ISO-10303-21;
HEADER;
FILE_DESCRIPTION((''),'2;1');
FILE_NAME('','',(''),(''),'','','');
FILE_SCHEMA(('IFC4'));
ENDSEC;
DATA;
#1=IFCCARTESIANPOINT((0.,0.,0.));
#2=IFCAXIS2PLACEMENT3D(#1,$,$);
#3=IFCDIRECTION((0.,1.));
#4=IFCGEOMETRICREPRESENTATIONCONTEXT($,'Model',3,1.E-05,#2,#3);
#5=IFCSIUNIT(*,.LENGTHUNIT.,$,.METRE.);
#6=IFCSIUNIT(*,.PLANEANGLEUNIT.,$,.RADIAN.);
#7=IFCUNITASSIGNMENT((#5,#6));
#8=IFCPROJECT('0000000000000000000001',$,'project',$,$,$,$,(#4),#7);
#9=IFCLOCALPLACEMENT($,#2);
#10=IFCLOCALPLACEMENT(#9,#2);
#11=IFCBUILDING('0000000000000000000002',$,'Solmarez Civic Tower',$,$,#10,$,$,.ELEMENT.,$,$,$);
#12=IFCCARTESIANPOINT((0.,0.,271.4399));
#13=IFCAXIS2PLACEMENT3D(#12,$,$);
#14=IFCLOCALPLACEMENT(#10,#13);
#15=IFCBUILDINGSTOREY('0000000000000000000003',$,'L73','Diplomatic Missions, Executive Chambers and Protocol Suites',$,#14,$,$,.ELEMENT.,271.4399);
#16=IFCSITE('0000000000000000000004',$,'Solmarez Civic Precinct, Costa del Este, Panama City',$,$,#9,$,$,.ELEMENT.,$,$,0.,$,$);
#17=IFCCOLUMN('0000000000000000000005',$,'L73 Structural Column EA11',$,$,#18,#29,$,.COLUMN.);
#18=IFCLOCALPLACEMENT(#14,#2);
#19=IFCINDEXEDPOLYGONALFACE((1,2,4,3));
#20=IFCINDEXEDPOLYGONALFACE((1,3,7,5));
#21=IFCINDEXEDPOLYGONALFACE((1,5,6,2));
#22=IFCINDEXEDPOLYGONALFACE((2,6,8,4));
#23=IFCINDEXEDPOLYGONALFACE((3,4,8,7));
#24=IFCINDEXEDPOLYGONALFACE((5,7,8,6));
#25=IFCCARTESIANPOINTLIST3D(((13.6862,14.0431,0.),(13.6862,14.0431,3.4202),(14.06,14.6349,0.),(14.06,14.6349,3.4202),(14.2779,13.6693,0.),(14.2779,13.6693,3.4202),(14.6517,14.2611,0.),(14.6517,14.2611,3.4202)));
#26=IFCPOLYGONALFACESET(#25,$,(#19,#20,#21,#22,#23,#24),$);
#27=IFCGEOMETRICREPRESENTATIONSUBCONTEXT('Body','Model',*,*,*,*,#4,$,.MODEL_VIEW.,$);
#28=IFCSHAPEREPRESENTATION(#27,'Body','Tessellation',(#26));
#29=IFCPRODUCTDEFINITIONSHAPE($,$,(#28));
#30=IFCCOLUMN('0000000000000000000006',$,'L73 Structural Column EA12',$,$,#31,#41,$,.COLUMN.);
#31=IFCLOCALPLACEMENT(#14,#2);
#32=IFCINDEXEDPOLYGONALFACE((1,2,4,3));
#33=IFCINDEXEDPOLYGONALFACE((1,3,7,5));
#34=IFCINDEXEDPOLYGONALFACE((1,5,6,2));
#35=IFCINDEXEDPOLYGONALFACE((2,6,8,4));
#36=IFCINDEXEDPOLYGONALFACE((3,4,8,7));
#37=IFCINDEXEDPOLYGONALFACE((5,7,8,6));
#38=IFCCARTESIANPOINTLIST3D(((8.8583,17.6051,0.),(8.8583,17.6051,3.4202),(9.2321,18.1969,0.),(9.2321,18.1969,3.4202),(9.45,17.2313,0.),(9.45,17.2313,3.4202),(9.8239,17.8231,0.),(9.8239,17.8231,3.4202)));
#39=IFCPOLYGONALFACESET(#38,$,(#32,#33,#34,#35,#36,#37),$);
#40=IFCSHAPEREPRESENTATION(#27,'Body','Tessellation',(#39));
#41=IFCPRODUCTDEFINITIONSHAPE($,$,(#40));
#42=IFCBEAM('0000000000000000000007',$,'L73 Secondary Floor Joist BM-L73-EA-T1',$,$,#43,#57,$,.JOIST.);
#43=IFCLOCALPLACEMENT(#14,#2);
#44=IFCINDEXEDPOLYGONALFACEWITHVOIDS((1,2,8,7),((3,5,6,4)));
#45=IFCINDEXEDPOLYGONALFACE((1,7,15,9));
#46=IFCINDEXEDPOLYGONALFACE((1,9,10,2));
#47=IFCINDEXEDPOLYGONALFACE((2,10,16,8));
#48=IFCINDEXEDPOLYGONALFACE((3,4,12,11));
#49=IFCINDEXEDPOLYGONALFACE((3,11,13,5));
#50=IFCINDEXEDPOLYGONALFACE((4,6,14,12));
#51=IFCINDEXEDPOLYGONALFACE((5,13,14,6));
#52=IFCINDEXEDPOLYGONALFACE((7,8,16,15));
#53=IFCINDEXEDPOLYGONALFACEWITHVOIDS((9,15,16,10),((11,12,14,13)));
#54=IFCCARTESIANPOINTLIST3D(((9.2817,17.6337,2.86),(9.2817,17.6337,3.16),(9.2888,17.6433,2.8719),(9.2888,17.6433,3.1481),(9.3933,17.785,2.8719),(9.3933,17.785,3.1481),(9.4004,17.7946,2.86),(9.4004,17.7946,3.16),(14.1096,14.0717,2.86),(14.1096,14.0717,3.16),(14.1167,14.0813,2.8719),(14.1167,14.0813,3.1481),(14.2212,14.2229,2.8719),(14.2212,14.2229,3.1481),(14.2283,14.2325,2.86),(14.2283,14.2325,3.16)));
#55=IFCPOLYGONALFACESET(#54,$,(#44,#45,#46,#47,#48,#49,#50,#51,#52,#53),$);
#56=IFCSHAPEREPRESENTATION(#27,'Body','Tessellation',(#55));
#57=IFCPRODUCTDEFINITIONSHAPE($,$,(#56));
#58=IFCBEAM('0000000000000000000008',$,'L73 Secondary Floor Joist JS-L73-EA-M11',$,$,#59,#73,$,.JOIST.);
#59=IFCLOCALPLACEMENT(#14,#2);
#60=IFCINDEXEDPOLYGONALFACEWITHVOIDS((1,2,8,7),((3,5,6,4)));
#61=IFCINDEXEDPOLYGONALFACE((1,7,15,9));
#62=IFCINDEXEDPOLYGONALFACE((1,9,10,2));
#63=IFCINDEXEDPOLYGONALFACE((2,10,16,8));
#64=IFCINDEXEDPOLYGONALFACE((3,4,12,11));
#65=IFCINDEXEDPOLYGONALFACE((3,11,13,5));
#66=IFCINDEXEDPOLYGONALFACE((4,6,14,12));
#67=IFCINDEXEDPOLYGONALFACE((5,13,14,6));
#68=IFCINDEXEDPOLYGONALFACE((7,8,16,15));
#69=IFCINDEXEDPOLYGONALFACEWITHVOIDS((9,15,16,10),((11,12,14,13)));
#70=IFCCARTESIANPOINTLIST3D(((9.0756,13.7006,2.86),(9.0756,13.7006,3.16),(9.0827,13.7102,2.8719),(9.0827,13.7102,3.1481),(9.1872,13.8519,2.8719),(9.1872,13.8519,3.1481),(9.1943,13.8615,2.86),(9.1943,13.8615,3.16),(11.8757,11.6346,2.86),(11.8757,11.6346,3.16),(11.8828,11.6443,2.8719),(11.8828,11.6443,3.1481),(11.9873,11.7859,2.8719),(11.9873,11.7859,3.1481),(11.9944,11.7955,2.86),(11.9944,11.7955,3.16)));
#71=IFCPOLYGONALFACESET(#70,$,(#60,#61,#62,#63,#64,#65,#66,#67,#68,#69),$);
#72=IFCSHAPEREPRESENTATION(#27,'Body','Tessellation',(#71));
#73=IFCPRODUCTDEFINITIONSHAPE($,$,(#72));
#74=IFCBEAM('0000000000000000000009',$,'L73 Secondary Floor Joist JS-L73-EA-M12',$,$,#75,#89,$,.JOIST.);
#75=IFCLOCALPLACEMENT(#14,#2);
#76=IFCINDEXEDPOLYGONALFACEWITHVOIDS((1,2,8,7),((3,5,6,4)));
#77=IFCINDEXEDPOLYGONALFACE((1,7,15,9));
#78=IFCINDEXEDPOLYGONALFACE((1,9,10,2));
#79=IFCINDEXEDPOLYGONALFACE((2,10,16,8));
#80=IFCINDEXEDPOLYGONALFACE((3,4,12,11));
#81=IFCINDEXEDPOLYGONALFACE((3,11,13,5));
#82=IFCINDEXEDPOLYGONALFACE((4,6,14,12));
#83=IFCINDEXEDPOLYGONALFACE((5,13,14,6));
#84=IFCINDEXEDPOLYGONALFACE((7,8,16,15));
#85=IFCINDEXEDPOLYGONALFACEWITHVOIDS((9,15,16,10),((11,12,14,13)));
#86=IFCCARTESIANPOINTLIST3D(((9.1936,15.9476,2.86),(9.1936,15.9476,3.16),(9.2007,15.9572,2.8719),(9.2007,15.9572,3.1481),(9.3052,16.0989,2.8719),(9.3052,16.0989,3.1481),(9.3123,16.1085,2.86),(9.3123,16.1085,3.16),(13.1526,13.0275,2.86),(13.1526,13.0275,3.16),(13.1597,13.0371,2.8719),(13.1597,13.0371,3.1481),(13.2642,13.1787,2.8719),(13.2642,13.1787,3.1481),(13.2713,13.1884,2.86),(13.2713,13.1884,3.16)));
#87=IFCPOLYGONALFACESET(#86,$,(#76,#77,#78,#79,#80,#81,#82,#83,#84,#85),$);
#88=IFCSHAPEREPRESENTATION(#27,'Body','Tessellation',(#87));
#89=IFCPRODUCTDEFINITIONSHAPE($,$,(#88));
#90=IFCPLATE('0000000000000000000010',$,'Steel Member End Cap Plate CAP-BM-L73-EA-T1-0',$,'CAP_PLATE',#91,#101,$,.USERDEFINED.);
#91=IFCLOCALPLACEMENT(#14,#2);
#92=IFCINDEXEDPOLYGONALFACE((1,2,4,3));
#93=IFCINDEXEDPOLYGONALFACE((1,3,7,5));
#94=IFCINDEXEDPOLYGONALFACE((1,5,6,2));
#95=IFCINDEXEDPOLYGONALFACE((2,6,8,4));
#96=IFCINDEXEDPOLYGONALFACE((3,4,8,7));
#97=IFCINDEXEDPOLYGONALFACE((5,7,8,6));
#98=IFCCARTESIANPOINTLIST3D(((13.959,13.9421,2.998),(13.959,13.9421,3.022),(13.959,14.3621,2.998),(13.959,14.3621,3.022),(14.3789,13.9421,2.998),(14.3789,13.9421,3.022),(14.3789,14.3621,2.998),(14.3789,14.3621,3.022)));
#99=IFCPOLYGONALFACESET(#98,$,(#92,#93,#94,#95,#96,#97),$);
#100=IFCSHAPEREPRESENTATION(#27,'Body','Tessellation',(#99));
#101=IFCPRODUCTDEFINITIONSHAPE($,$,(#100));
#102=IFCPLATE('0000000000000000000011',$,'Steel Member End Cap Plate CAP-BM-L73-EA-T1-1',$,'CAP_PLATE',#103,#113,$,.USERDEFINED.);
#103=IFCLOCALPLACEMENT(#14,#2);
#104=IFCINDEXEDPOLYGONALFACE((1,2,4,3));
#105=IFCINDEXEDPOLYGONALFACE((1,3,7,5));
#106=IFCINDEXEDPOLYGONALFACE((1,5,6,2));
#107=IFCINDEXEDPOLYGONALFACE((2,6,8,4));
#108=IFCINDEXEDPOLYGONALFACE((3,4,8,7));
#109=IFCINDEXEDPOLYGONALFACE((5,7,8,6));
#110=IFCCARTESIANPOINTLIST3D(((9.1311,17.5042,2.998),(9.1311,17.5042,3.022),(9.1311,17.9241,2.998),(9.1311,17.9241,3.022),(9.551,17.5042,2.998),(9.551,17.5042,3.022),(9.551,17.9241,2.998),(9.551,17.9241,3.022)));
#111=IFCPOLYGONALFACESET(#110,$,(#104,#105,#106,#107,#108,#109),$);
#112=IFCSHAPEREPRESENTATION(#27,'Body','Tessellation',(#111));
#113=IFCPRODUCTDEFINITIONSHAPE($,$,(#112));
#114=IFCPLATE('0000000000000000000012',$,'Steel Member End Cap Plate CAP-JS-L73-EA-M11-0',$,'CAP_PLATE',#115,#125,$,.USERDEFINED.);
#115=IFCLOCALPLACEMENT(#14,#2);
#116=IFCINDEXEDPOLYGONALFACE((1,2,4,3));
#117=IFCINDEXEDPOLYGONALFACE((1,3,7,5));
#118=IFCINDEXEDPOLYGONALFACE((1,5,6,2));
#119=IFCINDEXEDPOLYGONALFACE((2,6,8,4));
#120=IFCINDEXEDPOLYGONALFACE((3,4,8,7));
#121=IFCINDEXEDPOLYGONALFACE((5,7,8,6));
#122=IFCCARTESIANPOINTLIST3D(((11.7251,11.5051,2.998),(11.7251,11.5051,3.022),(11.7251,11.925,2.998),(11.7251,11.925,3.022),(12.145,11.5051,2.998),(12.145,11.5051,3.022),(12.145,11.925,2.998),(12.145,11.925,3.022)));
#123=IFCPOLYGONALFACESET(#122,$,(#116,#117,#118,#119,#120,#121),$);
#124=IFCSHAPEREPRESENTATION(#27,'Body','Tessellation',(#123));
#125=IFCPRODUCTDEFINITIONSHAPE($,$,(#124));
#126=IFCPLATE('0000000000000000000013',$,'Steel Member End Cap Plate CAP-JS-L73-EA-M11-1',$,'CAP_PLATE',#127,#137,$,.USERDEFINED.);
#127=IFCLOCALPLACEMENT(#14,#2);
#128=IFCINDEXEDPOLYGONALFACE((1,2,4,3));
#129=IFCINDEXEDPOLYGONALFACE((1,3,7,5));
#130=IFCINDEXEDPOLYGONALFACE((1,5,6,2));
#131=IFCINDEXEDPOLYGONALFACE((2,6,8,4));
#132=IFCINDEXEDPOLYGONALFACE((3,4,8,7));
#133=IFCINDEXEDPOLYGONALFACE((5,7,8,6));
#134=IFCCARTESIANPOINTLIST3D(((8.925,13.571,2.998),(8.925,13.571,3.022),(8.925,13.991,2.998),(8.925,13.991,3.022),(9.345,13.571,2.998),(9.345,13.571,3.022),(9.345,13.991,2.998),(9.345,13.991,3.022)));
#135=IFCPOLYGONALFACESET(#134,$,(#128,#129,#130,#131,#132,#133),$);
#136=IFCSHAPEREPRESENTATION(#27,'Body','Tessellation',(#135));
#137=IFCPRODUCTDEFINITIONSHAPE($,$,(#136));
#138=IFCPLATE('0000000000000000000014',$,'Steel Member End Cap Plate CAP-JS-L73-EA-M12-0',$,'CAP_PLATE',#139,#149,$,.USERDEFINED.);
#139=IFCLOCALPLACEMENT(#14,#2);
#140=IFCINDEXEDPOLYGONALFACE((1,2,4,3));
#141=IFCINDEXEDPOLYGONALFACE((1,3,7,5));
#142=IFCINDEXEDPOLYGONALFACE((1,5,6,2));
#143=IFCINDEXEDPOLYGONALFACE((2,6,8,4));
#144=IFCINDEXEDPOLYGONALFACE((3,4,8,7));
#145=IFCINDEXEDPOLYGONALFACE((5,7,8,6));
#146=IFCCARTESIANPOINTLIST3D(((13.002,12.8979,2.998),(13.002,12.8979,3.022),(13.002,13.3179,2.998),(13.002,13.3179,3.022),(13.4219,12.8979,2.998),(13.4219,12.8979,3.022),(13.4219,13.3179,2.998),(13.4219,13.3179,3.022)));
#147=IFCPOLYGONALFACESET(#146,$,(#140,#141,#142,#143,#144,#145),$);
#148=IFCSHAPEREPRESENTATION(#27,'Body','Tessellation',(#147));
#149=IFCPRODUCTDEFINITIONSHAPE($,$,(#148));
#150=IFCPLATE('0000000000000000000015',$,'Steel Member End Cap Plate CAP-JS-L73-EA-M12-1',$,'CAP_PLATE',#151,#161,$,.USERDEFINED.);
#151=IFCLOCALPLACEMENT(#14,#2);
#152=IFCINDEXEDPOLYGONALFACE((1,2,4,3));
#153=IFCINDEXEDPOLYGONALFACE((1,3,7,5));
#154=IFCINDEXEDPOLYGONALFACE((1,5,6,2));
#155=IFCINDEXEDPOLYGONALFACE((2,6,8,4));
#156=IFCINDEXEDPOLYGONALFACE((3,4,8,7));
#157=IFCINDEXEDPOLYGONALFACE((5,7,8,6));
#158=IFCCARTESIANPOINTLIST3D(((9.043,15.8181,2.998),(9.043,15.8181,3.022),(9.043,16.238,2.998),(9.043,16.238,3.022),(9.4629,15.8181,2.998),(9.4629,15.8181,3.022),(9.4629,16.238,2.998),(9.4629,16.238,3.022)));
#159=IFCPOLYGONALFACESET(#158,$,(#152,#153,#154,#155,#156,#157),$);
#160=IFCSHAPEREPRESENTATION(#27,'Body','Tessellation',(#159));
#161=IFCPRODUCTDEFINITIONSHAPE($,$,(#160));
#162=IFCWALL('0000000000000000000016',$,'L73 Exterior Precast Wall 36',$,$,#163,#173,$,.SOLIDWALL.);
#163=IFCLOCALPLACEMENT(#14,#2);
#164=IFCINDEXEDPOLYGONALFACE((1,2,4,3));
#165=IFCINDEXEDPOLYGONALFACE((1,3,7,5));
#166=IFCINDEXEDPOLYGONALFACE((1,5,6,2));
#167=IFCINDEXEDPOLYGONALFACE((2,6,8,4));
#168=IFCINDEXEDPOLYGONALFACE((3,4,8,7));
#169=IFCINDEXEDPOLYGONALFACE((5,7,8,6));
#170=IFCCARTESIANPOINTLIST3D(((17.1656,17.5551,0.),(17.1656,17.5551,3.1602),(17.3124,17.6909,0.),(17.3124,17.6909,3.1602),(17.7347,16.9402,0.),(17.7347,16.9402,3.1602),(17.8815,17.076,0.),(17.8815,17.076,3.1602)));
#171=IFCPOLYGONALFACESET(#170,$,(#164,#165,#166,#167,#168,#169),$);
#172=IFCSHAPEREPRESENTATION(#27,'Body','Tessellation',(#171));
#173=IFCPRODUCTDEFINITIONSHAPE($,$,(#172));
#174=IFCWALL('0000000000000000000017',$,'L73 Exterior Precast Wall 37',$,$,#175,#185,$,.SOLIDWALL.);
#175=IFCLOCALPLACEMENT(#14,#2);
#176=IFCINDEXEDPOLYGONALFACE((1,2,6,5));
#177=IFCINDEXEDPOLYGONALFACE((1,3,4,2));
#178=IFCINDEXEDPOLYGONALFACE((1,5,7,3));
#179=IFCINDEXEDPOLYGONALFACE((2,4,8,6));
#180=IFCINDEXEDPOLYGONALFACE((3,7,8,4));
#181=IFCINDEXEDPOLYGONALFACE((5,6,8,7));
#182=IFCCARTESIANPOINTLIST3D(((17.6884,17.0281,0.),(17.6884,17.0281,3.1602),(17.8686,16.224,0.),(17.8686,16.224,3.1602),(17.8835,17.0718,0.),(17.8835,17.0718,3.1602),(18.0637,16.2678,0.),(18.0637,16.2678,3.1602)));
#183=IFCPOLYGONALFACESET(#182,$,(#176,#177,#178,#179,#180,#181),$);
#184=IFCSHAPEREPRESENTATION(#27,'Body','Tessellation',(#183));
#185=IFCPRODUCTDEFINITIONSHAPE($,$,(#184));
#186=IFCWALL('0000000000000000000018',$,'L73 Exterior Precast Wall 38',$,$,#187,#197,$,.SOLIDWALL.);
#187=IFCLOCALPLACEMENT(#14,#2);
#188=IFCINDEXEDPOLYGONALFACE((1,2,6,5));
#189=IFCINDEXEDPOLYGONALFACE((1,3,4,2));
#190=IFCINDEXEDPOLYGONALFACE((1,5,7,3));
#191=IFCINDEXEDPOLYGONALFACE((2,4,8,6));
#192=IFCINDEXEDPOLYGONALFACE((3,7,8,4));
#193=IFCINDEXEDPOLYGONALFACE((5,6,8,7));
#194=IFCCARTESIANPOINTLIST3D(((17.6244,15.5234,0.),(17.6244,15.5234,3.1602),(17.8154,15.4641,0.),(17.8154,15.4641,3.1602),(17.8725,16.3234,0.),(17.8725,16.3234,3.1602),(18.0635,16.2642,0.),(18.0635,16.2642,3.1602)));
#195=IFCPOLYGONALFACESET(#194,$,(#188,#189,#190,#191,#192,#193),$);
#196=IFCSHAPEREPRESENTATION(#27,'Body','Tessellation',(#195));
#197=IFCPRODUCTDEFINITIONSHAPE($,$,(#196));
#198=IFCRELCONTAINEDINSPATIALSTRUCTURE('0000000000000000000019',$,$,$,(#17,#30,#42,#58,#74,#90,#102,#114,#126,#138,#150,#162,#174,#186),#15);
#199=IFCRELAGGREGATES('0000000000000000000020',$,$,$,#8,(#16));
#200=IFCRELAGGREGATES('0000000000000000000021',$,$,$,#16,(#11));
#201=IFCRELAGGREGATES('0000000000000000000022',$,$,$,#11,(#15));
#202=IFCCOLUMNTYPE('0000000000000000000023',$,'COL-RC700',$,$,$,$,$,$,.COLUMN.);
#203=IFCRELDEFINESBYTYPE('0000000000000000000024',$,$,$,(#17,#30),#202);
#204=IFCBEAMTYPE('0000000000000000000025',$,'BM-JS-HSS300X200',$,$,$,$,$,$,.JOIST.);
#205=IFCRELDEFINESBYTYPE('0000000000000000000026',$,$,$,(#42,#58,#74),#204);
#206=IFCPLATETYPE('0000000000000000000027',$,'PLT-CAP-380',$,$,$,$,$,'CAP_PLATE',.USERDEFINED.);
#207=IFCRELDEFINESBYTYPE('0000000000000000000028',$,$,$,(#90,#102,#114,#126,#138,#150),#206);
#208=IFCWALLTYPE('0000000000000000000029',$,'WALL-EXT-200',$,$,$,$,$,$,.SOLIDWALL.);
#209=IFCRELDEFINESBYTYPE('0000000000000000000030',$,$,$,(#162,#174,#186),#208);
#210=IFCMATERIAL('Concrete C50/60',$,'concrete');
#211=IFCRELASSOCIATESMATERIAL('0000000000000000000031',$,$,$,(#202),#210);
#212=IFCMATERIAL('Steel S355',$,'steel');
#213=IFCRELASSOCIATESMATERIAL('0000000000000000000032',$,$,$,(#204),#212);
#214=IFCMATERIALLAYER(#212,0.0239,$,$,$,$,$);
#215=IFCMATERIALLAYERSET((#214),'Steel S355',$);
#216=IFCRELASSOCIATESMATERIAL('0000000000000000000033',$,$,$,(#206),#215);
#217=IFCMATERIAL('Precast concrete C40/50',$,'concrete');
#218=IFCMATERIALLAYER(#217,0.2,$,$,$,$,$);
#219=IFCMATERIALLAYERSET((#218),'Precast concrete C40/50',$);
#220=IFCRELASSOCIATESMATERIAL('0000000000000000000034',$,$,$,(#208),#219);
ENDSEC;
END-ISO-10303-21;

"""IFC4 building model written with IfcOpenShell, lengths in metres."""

from ifc_helpers import new_model, si_unit, direction, frame, frame_2d, origin, origin_2d, place, context, subcontext, project, spatial, rectangle, hollow_rectangle, extrude, material, layer, layer_set, material_profile, profile_set, type_object, element, save


model = new_model("IFC4")

# Units and contexts
model_context = context("Model", 3, precision=1e-05, world=origin(), true_north=direction((0.0, 1.0)))
body_context = subcontext(model_context, "Body", "Model", "MODEL_VIEW")
ifc_project = project(units=[si_unit("LENGTHUNIT", "METRE"), si_unit("PLANEANGLEUNIT", "RADIAN")], contexts=[model_context])

# Site, building, storey
site_placement = place(None, origin())
site = spatial("IfcSite", under=ifc_project, at=site_placement, Name="Solmarez Civic Precinct, Costa del Este, Panama City", CompositionType="ELEMENT", RefElevation=0.0)
building_placement = place(site_placement, origin())
building = spatial("IfcBuilding", under=site, at=building_placement, Name="Solmarez Civic Tower", CompositionType="ELEMENT")
storey_placement = place(building_placement, frame((0.0, 0.0, 271.4399)))
storey = spatial("IfcBuildingStorey", under=building, at=storey_placement, Name="L73", Description="Diplomatic Missions, Executive Chambers and Protocol Suites", CompositionType="ELEMENT", Elevation=271.4399)

# Columns
ifc_material_1 = material(Name="Concrete C50/60", Category="concrete")
ifc_material_profile_1 = material_profile(ifc_material_1, rectangle(XDim=0.7, YDim=0.7, at=origin_2d()), Name="RC700X700")
ifc_profile_set_1 = profile_set([ifc_material_profile_1], Name="Concrete C50/60")
column_type = type_object("IfcColumnType", Name="COL-RC700", PredefinedType="COLUMN", material=ifc_profile_set_1)
for number, where, z_axis, x_axis, name in (
    (1, (14.1689, 14.1521, 0.0), (0.0, 0.0, 1.0), (0.534057, 0.845448, 0.0), "L73 Structural Column EA11"),
    (2, (9.3411, 17.7141, 0.0), (0.0, 0.0, 1.0), (0.534057, 0.845448, 0.0), "L73 Structural Column EA12"),
):
    element("IfcColumn", number, at=place(storey_placement, frame(where, z_axis=z_axis, x_axis=x_axis)), inside=storey, type_object=column_type, Name=name, PredefinedType="COLUMN", context=body_context, shape_type="SweptSolid", body=[
        extrude(rectangle(XDim=0.7, YDim=0.7, at=origin_2d()), origin(), (0.0, 0.0, 1.0), 3.4202),
    ])

# Beams
ifc_material_2 = material(Name="Steel S355", Category="steel")
ifc_material_profile_2 = material_profile(ifc_material_2, hollow_rectangle(XDim=0.2, YDim=0.3, WallThickness=0.012, at=origin_2d()), Name="HSS300X200X12")
ifc_profile_set_2 = profile_set([ifc_material_profile_2], Name="Steel S355")
beam_type = type_object("IfcBeamType", Name="BM-JS-HSS300X200", PredefinedType="JOIST", material=ifc_profile_set_2)
beam_1_placement = place(storey_placement, frame((14.1689, 14.1521, 3.01), z_axis=(-0.804687, 0.593699, 0.0), x_axis=(-0.593699, -0.804687, 0.0)))
element("IfcBeam", 3, at=beam_1_placement, inside=storey, type_object=beam_type, Name="L73 Secondary Floor Joist BM-L73-EA-T1", PredefinedType="JOIST", context=body_context, shape_type="SweptSolid", body=[
    extrude(hollow_rectangle(XDim=0.2, YDim=0.3, WallThickness=0.012, at=origin_2d()), origin(), (0.0, 0.0, 1.0), 5.9998),
])
beam_2_placement = place(storey_placement, frame((11.9351, 11.7151, 3.01), z_axis=(-0.804682, 0.593706, 0.0), x_axis=(-0.593706, -0.804682, 0.0)))
element("IfcBeam", 4, at=beam_2_placement, inside=storey, type_object=beam_type, Name="L73 Secondary Floor Joist JS-L73-EA-M11", PredefinedType="JOIST", context=body_context, shape_type="SweptSolid", body=[
    extrude(hollow_rectangle(XDim=0.2, YDim=0.3, WallThickness=0.012, at=origin_2d()), origin(), (0.0, 0.0, 1.0), 3.4797),
])
beam_3_placement = place(storey_placement, frame((13.2119, 13.1079, 3.01), z_axis=(-0.804763, 0.593597, 0.0), x_axis=(-0.593597, -0.804763, 0.0)))
element("IfcBeam", 5, at=beam_3_placement, inside=storey, type_object=beam_type, Name="L73 Secondary Floor Joist JS-L73-EA-M12", PredefinedType="JOIST", context=body_context, shape_type="SweptSolid", body=[
    extrude(hollow_rectangle(XDim=0.2, YDim=0.3, WallThickness=0.012, at=origin_2d()), origin(), (0.0, 0.0, 1.0), 4.9194),
])

# Plates
ifc_layer_1 = layer(ifc_material_2, 0.0239)
ifc_layer_set_1 = layer_set([ifc_layer_1], Name="Steel S355")
plate_type = type_object("IfcPlateType", Name="PLT-CAP-380", ElementType="CAP_PLATE", PredefinedType="USERDEFINED", material=ifc_layer_set_1)
for number, where, z_axis, x_axis, name in (
    (6, (14.1689, 14.1521, 2.998), (0.0, 0.0, 1.0), (1.0, 0.0, 0.0), "Steel Member End Cap Plate CAP-BM-L73-EA-T1-0"),
    (7, (9.3411, 17.7141, 2.998), (0.0, 0.0, 1.0), (1.0, 0.0, 0.0), "Steel Member End Cap Plate CAP-BM-L73-EA-T1-1"),
    (8, (11.9351, 11.7151, 2.998), (0.0, 0.0, 1.0), (1.0, 0.0, 0.0), "Steel Member End Cap Plate CAP-JS-L73-EA-M11-0"),
    (9, (9.135, 13.781, 2.998), (0.0, 0.0, 1.0), (1.0, 0.0, 0.0), "Steel Member End Cap Plate CAP-JS-L73-EA-M11-1"),
    (10, (13.2119, 13.1079, 2.998), (0.0, 0.0, 1.0), (1.0, 0.0, 0.0), "Steel Member End Cap Plate CAP-JS-L73-EA-M12-0"),
    (11, (9.2529, 16.0281, 2.998), (0.0, 0.0, 1.0), (1.0, 0.0, 0.0), "Steel Member End Cap Plate CAP-JS-L73-EA-M12-1"),
):
    element("IfcPlate", number, at=place(storey_placement, frame(where, z_axis=z_axis, x_axis=x_axis)), inside=storey, type_object=plate_type, Name=name, ObjectType="CAP_PLATE", PredefinedType="USERDEFINED", context=body_context, shape_type="SweptSolid", body=[
        extrude(rectangle(XDim=0.4199, YDim=0.4199, at=origin_2d()), origin(), (0.0, 0.0, 1.0), 0.0239),
    ])

# Walls
ifc_material_3 = material(Name="Precast concrete C40/50", Category="concrete")
ifc_layer_2 = layer(ifc_material_3, 0.2)
ifc_layer_set_2 = layer_set([ifc_layer_2], Name="Precast concrete C40/50")
wall_type = type_object("IfcWallType", Name="WALL-EXT-200", PredefinedType="SOLIDWALL", material=ifc_layer_set_2)
wall_1_placement = place(storey_placement, frame((17.239, 17.623, 0.0), z_axis=(0.0, 0.0, 1.0), x_axis=(0.679187, -0.733965, 0.0)))
element("IfcWall", 12, at=wall_1_placement, inside=storey, type_object=wall_type, Name="L73 Exterior Precast Wall 36", PredefinedType="SOLIDWALL", context=body_context, shape_type="SweptSolid", body=[
    extrude(rectangle(XDim=0.8379, YDim=0.2, at=frame_2d((0.4189, 0.0))), origin(), (0.0, 0.0, 1.0), 3.1602),
])
wall_2_placement = place(storey_placement, frame((17.7859, 17.05, 0.0), z_axis=(0.0, 0.0, 1.0), x_axis=(0.218687, -0.975795, 0.0)))
element("IfcWall", 13, at=wall_2_placement, inside=storey, type_object=wall_type, Name="L73 Exterior Precast Wall 37", PredefinedType="SOLIDWALL", context=body_context, shape_type="SweptSolid", body=[
    extrude(rectangle(XDim=0.824, YDim=0.2, at=frame_2d((0.4121, 0.0))), origin(), (0.0, 0.0, 1.0), 3.1602),
])
wall_3_placement = place(storey_placement, frame((17.968, 16.2939, 0.0), z_axis=(0.0, 0.0, 1.0), x_axis=(-0.296133, -0.955147, 0.0)))
element("IfcWall", 14, at=wall_3_placement, inside=storey, type_object=wall_type, Name="L73 Exterior Precast Wall 38", PredefinedType="SOLIDWALL", context=body_context, shape_type="SweptSolid", body=[
    extrude(rectangle(XDim=0.8376, YDim=0.2, at=frame_2d((0.4189, 0.0))), origin(), (0.0, 0.0, 1.0), 3.1602),
])

save(model, "model.ifc")
